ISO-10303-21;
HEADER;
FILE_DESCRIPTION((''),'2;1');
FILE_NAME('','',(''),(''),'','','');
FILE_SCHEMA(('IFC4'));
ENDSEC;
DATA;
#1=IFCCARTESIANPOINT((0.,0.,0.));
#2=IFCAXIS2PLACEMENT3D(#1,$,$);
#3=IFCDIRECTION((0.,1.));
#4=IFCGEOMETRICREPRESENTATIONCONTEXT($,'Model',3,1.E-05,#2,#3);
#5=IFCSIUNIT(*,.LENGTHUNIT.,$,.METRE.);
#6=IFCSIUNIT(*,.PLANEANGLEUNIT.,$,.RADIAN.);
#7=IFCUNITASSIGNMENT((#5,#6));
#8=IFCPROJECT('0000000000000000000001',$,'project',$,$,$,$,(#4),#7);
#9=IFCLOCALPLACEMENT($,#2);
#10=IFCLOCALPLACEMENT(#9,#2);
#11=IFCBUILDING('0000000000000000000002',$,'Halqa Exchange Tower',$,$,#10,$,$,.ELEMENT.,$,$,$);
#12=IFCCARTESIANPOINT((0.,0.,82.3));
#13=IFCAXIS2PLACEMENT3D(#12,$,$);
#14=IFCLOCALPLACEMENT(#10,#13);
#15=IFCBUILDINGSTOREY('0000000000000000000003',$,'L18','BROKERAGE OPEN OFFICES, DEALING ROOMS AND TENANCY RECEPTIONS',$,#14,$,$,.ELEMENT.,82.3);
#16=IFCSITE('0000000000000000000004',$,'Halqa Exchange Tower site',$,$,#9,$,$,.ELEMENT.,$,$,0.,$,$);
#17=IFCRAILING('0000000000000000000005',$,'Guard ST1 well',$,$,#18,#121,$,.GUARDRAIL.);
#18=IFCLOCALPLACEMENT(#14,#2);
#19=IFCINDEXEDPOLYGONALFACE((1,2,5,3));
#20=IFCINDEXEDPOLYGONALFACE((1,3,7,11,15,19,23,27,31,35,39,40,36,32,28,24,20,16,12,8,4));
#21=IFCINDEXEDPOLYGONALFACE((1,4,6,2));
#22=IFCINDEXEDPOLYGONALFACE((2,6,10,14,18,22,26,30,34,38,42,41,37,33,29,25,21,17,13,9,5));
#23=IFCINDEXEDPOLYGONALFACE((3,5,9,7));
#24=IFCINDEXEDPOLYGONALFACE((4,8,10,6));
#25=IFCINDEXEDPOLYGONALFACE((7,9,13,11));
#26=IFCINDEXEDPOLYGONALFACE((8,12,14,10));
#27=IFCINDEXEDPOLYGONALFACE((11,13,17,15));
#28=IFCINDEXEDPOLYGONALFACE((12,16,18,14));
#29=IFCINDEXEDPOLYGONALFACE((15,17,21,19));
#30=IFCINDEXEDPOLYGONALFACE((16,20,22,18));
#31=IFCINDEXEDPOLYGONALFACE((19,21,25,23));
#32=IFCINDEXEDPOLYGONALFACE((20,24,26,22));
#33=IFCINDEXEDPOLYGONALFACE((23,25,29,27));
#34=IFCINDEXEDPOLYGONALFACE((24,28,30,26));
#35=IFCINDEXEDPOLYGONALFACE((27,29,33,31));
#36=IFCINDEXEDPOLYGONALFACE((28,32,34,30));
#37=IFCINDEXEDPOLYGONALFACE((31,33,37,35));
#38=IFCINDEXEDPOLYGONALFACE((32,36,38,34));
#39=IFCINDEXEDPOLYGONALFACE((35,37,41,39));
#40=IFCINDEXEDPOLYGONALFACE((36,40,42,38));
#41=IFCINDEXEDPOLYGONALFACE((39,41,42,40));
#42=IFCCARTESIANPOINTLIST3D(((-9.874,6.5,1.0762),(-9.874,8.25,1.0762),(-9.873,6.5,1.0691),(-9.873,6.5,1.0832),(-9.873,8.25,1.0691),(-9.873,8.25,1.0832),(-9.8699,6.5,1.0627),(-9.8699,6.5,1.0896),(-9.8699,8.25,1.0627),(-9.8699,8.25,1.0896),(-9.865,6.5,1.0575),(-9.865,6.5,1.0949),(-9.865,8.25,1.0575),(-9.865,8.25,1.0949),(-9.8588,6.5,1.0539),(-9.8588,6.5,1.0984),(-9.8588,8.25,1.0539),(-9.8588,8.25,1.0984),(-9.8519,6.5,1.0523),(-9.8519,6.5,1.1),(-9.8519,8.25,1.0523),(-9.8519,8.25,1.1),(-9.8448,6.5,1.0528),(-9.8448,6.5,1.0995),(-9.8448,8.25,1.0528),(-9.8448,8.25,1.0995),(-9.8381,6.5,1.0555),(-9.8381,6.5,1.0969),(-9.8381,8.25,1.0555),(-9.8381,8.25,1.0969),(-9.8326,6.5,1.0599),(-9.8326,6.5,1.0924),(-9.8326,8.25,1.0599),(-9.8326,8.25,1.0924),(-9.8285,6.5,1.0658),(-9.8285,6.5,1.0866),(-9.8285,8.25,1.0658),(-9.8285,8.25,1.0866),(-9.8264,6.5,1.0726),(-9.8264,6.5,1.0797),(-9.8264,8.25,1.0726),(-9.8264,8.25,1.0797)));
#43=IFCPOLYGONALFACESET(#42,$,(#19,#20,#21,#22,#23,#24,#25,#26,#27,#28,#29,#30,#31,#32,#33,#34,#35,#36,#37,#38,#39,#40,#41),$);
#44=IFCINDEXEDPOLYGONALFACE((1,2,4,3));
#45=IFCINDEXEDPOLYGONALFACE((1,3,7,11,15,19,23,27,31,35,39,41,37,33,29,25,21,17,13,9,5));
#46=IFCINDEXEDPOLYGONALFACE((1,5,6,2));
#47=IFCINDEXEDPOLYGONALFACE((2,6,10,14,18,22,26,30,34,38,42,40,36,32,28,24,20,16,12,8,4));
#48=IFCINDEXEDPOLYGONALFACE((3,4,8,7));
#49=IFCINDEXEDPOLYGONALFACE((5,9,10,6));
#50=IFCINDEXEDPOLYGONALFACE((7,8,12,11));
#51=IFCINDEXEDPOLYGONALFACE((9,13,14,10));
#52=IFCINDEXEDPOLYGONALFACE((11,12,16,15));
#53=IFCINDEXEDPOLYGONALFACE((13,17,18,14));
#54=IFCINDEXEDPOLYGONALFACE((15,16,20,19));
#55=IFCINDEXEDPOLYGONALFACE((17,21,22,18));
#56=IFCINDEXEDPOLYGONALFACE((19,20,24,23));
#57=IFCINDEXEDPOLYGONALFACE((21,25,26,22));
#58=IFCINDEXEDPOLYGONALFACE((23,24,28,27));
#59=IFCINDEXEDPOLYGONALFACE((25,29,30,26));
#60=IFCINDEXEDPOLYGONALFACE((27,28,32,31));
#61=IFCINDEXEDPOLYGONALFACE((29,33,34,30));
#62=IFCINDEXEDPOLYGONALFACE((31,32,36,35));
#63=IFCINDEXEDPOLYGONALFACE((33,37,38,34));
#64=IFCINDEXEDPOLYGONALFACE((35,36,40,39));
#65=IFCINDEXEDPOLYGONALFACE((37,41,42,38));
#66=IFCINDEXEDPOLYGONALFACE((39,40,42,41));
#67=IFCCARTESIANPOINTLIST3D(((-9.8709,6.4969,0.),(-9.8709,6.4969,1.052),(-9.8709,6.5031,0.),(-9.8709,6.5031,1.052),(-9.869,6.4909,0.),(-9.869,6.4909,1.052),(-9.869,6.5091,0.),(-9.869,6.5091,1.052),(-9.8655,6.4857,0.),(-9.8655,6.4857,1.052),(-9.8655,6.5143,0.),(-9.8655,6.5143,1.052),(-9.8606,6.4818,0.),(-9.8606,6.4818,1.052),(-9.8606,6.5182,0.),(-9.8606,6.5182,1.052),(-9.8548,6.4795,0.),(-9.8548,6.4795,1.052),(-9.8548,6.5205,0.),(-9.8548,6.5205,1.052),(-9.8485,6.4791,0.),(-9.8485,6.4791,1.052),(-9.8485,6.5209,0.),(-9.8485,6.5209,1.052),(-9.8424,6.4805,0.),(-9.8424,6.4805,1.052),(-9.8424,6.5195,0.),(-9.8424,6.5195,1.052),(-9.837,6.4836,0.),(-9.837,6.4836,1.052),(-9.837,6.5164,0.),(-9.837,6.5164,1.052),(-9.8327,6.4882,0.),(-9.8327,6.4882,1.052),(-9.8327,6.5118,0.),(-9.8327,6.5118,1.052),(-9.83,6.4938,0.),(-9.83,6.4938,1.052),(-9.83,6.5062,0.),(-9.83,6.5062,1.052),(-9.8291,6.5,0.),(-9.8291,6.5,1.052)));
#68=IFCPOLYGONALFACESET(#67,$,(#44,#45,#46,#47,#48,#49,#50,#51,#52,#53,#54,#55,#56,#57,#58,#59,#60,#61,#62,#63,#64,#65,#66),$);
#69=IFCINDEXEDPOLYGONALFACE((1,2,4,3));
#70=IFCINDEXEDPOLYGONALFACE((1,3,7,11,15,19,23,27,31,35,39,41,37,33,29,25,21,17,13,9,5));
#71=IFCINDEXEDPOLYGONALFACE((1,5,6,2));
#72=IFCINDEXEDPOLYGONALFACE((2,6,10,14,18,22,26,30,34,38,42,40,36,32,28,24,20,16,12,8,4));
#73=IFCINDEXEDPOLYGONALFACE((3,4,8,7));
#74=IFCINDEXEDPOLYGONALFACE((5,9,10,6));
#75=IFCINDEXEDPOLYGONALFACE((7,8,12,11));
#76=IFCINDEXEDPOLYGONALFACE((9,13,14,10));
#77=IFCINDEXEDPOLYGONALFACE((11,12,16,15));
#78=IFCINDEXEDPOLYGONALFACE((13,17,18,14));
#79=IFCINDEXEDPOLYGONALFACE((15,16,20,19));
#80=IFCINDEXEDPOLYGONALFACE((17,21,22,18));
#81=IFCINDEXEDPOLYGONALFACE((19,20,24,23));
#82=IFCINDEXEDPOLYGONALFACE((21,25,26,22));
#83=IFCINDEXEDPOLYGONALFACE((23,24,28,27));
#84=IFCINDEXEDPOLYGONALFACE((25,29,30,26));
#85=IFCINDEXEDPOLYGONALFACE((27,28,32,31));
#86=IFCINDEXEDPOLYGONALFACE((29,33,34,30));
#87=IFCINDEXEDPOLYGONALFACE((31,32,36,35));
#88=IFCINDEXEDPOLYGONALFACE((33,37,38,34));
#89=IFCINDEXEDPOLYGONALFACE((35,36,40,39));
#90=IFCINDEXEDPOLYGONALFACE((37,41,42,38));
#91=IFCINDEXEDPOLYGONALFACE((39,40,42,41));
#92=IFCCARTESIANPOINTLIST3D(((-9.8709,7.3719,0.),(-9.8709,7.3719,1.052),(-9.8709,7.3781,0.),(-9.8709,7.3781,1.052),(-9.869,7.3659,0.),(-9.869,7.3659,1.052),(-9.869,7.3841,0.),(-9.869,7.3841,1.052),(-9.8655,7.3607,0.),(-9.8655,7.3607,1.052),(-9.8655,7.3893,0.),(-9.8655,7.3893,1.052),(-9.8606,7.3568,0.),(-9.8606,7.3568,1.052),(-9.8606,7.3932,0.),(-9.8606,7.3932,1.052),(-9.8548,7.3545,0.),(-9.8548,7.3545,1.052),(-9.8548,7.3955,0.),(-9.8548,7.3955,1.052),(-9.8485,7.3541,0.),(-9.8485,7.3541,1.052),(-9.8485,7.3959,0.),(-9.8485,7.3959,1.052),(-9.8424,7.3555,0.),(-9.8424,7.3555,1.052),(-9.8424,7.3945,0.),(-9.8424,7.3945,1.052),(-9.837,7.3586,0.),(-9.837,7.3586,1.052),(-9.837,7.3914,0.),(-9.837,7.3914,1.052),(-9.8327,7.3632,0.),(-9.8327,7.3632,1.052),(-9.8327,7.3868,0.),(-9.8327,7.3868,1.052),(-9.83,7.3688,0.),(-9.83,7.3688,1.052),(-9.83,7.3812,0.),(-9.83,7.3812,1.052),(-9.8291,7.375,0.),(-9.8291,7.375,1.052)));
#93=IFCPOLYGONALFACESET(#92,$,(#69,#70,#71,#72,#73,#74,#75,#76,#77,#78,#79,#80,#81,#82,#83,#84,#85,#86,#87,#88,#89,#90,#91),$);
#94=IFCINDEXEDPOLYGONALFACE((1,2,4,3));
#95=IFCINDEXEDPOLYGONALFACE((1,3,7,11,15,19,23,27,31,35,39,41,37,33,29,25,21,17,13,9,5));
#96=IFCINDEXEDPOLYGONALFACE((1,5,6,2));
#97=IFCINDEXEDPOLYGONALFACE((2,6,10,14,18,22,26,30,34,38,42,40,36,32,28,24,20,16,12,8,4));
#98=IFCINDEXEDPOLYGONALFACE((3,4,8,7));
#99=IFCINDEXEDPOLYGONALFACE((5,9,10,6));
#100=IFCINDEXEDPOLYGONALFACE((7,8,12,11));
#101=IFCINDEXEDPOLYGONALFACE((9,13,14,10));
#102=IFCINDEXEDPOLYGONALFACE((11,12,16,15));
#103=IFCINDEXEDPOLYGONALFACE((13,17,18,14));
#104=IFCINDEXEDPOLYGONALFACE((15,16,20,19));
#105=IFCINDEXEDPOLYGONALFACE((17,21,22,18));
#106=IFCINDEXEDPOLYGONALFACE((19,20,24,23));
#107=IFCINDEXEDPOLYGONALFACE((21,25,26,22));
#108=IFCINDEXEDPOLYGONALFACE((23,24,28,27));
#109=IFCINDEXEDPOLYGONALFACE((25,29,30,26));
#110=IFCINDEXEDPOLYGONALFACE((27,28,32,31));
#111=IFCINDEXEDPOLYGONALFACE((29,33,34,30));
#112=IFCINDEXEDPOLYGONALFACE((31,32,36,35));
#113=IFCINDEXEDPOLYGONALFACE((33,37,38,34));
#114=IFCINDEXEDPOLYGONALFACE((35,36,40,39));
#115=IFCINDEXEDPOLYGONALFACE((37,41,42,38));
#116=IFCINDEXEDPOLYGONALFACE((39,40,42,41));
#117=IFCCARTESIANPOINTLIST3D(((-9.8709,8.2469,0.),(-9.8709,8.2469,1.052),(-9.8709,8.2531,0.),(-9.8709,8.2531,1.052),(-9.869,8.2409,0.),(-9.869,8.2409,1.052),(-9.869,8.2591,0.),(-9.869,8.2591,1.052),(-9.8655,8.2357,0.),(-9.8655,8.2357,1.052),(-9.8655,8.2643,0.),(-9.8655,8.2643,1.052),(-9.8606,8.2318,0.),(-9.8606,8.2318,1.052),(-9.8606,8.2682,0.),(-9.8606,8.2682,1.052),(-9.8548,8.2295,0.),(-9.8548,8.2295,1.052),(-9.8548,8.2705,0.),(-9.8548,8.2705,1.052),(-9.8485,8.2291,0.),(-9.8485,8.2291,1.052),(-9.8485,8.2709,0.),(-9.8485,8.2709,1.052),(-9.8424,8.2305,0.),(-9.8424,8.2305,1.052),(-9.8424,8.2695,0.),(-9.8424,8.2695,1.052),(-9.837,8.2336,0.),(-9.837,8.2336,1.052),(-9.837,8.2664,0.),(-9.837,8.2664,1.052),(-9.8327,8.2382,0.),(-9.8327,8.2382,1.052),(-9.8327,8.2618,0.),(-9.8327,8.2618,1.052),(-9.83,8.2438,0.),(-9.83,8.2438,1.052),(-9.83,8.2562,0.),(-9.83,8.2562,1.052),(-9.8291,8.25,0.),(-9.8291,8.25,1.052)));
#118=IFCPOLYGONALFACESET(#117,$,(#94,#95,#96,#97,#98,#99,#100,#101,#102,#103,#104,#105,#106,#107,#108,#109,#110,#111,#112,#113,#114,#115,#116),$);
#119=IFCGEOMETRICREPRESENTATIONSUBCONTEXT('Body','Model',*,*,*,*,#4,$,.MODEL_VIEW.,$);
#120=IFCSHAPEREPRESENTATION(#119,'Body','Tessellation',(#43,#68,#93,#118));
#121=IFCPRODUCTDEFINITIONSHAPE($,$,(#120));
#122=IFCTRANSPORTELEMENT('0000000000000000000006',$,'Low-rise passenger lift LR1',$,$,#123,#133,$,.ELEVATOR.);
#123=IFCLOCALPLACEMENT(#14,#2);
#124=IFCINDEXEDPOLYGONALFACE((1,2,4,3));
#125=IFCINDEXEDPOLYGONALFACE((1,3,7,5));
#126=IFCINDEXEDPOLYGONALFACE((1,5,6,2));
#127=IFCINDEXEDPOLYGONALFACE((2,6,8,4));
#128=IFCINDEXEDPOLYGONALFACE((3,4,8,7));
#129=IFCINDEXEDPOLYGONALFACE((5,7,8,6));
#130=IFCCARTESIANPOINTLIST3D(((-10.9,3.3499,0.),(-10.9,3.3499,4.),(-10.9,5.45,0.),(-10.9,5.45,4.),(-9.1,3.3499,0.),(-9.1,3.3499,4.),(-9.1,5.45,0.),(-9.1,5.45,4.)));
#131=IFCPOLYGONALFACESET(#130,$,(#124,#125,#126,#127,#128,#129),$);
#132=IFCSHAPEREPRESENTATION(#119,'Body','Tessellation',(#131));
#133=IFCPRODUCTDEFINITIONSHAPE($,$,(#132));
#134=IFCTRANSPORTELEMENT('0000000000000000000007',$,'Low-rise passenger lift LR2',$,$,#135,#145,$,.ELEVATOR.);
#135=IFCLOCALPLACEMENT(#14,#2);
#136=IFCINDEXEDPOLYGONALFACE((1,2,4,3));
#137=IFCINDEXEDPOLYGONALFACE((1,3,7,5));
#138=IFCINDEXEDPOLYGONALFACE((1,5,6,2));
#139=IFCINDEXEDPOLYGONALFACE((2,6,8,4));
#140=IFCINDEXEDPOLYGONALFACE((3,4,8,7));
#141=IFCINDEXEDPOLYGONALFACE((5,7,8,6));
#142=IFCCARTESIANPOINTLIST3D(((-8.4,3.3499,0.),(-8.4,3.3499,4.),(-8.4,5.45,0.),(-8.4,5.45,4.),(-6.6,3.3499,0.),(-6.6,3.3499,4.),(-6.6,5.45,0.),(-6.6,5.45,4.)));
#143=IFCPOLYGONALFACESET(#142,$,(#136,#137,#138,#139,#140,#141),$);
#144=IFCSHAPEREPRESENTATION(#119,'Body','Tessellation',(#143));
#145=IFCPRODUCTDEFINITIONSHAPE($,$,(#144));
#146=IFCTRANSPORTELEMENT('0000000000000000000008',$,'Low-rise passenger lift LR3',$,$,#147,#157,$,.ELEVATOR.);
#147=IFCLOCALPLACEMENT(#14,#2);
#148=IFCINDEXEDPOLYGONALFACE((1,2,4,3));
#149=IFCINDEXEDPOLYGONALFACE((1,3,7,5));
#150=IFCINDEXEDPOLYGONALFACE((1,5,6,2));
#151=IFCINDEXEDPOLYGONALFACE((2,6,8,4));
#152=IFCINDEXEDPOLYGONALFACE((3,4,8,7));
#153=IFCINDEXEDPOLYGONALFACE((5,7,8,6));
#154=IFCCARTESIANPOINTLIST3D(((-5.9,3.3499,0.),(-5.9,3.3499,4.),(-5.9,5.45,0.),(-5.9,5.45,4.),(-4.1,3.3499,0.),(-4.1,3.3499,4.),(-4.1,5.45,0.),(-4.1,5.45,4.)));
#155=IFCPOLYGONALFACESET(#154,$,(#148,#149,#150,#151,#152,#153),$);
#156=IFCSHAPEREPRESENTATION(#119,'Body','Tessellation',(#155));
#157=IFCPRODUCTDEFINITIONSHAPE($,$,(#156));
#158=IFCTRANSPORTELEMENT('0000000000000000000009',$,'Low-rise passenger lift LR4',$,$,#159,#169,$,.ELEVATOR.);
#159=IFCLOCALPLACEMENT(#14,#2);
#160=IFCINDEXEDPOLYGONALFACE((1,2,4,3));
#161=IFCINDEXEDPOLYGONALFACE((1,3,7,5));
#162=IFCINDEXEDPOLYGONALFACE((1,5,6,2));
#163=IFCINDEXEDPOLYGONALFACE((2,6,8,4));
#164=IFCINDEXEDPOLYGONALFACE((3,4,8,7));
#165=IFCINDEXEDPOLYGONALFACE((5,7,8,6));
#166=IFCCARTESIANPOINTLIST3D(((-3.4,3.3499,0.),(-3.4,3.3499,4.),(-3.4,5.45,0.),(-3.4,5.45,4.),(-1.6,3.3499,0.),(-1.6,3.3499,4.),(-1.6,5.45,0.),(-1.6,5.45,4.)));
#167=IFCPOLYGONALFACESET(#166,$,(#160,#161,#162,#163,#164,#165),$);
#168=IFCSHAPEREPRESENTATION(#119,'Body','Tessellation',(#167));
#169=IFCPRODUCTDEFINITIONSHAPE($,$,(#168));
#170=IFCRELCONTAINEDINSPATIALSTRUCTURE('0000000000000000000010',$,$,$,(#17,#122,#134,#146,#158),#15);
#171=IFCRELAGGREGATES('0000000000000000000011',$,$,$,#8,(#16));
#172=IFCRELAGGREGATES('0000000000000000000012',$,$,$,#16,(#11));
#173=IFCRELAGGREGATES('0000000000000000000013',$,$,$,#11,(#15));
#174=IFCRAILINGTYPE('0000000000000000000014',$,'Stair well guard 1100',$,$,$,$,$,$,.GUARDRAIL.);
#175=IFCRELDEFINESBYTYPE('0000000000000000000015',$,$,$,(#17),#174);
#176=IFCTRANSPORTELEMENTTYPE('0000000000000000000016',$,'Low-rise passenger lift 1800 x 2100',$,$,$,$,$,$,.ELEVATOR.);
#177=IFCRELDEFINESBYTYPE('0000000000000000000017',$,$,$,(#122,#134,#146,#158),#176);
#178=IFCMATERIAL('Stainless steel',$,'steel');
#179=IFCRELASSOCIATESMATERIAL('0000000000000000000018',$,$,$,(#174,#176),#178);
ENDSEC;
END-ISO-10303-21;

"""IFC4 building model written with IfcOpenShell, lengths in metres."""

from ifc_helpers import new_model, si_unit, direction, frame, origin, origin_2d, place, context, subcontext, project, spatial, rectangle, circle, extrude, material, type_object, element, save


model = new_model("IFC4")

# Units and contexts
model_context = context("Model", 3, precision=1e-05, world=origin(), true_north=direction((0.0, 1.0)))
body_context = subcontext(model_context, "Body", "Model", "MODEL_VIEW")
ifc_project = project(units=[si_unit("LENGTHUNIT", "METRE"), si_unit("PLANEANGLEUNIT", "RADIAN")], contexts=[model_context])

# Site, building, storey
site_placement = place(None, origin())
site = spatial("IfcSite", under=ifc_project, at=site_placement, Name="Halqa Exchange Tower site", CompositionType="ELEMENT", RefElevation=0.0)
building_placement = place(site_placement, origin())
building = spatial("IfcBuilding", under=site, at=building_placement, Name="Halqa Exchange Tower", CompositionType="ELEMENT")
storey_placement = place(building_placement, frame((0.0, 0.0, 82.3)))
storey = spatial("IfcBuildingStorey", under=building, at=storey_placement, Name="L18", Description="BROKERAGE OPEN OFFICES, DEALING ROOMS AND TENANCY RECEPTIONS", CompositionType="ELEMENT", Elevation=82.3)

# Shared definitions
ifc_material_1 = material(Name="Stainless steel", Category="steel")

# Railing
railing_type_1 = type_object("IfcRailingType", Name="Stair well guard 1100", PredefinedType="GUARDRAIL", material=ifc_material_1)
railing_1_placement = place(storey_placement, frame((-9.8501, 6.5, 0.0)))
element("IfcRailing", 1, at=railing_1_placement, inside=storey, type_object=railing_type_1, Name="Guard ST1 well", PredefinedType="GUARDRAIL", context=body_context, shape_type="SweptSolid", body=[
    extrude(circle(Radius=0.0239, at=origin_2d()), frame((0.0, 0.0, 1.0762), z_axis=(0.0, 1.0, 0.0), x_axis=(-1.0, 0.0, 0.0)), (0.0, 0.0, 1.0), 1.75),
    extrude(circle(Radius=0.021, at=origin_2d()), origin(), (0.0, 0.0, 1.0), 1.052),
    extrude(circle(Radius=0.021, at=origin_2d()), frame((0.0, 0.875, 0.0)), (0.0, 0.0, 1.0), 1.052),
    extrude(circle(Radius=0.021, at=origin_2d()), frame((0.0, 1.75, 0.0)), (0.0, 0.0, 1.0), 1.052),
])

# Transport elements
transport_element_type = type_object("IfcTransportElementType", Name="Low-rise passenger lift 1800 x 2100", PredefinedType="ELEVATOR", material=ifc_material_1)
for number, where, z_axis, x_axis, name in (
    (2, (-10.0, 4.3999, 0.0), (0.0, 0.0, 1.0), (1.0, 0.0, 0.0), "Low-rise passenger lift LR1"),
    (3, (-7.5, 4.3999, 0.0), (0.0, 0.0, 1.0), (1.0, 0.0, 0.0), "Low-rise passenger lift LR2"),
    (4, (-5.0, 4.3999, 0.0), (0.0, 0.0, 1.0), (1.0, 0.0, 0.0), "Low-rise passenger lift LR3"),
    (5, (-2.5, 4.3999, 0.0), (0.0, 0.0, 1.0), (1.0, 0.0, 0.0), "Low-rise passenger lift LR4"),
):
    element("IfcTransportElement", number, at=place(storey_placement, frame(where, z_axis=z_axis, x_axis=x_axis)), inside=storey, type_object=transport_element_type, Name=name, PredefinedType="ELEVATOR", context=body_context, shape_type="SweptSolid", body=[
        extrude(rectangle(XDim=1.8, YDim=2.1001, at=origin_2d()), origin(), (0.0, 0.0, 1.0), 4.0),
    ])

save(model, "model.ifc")
